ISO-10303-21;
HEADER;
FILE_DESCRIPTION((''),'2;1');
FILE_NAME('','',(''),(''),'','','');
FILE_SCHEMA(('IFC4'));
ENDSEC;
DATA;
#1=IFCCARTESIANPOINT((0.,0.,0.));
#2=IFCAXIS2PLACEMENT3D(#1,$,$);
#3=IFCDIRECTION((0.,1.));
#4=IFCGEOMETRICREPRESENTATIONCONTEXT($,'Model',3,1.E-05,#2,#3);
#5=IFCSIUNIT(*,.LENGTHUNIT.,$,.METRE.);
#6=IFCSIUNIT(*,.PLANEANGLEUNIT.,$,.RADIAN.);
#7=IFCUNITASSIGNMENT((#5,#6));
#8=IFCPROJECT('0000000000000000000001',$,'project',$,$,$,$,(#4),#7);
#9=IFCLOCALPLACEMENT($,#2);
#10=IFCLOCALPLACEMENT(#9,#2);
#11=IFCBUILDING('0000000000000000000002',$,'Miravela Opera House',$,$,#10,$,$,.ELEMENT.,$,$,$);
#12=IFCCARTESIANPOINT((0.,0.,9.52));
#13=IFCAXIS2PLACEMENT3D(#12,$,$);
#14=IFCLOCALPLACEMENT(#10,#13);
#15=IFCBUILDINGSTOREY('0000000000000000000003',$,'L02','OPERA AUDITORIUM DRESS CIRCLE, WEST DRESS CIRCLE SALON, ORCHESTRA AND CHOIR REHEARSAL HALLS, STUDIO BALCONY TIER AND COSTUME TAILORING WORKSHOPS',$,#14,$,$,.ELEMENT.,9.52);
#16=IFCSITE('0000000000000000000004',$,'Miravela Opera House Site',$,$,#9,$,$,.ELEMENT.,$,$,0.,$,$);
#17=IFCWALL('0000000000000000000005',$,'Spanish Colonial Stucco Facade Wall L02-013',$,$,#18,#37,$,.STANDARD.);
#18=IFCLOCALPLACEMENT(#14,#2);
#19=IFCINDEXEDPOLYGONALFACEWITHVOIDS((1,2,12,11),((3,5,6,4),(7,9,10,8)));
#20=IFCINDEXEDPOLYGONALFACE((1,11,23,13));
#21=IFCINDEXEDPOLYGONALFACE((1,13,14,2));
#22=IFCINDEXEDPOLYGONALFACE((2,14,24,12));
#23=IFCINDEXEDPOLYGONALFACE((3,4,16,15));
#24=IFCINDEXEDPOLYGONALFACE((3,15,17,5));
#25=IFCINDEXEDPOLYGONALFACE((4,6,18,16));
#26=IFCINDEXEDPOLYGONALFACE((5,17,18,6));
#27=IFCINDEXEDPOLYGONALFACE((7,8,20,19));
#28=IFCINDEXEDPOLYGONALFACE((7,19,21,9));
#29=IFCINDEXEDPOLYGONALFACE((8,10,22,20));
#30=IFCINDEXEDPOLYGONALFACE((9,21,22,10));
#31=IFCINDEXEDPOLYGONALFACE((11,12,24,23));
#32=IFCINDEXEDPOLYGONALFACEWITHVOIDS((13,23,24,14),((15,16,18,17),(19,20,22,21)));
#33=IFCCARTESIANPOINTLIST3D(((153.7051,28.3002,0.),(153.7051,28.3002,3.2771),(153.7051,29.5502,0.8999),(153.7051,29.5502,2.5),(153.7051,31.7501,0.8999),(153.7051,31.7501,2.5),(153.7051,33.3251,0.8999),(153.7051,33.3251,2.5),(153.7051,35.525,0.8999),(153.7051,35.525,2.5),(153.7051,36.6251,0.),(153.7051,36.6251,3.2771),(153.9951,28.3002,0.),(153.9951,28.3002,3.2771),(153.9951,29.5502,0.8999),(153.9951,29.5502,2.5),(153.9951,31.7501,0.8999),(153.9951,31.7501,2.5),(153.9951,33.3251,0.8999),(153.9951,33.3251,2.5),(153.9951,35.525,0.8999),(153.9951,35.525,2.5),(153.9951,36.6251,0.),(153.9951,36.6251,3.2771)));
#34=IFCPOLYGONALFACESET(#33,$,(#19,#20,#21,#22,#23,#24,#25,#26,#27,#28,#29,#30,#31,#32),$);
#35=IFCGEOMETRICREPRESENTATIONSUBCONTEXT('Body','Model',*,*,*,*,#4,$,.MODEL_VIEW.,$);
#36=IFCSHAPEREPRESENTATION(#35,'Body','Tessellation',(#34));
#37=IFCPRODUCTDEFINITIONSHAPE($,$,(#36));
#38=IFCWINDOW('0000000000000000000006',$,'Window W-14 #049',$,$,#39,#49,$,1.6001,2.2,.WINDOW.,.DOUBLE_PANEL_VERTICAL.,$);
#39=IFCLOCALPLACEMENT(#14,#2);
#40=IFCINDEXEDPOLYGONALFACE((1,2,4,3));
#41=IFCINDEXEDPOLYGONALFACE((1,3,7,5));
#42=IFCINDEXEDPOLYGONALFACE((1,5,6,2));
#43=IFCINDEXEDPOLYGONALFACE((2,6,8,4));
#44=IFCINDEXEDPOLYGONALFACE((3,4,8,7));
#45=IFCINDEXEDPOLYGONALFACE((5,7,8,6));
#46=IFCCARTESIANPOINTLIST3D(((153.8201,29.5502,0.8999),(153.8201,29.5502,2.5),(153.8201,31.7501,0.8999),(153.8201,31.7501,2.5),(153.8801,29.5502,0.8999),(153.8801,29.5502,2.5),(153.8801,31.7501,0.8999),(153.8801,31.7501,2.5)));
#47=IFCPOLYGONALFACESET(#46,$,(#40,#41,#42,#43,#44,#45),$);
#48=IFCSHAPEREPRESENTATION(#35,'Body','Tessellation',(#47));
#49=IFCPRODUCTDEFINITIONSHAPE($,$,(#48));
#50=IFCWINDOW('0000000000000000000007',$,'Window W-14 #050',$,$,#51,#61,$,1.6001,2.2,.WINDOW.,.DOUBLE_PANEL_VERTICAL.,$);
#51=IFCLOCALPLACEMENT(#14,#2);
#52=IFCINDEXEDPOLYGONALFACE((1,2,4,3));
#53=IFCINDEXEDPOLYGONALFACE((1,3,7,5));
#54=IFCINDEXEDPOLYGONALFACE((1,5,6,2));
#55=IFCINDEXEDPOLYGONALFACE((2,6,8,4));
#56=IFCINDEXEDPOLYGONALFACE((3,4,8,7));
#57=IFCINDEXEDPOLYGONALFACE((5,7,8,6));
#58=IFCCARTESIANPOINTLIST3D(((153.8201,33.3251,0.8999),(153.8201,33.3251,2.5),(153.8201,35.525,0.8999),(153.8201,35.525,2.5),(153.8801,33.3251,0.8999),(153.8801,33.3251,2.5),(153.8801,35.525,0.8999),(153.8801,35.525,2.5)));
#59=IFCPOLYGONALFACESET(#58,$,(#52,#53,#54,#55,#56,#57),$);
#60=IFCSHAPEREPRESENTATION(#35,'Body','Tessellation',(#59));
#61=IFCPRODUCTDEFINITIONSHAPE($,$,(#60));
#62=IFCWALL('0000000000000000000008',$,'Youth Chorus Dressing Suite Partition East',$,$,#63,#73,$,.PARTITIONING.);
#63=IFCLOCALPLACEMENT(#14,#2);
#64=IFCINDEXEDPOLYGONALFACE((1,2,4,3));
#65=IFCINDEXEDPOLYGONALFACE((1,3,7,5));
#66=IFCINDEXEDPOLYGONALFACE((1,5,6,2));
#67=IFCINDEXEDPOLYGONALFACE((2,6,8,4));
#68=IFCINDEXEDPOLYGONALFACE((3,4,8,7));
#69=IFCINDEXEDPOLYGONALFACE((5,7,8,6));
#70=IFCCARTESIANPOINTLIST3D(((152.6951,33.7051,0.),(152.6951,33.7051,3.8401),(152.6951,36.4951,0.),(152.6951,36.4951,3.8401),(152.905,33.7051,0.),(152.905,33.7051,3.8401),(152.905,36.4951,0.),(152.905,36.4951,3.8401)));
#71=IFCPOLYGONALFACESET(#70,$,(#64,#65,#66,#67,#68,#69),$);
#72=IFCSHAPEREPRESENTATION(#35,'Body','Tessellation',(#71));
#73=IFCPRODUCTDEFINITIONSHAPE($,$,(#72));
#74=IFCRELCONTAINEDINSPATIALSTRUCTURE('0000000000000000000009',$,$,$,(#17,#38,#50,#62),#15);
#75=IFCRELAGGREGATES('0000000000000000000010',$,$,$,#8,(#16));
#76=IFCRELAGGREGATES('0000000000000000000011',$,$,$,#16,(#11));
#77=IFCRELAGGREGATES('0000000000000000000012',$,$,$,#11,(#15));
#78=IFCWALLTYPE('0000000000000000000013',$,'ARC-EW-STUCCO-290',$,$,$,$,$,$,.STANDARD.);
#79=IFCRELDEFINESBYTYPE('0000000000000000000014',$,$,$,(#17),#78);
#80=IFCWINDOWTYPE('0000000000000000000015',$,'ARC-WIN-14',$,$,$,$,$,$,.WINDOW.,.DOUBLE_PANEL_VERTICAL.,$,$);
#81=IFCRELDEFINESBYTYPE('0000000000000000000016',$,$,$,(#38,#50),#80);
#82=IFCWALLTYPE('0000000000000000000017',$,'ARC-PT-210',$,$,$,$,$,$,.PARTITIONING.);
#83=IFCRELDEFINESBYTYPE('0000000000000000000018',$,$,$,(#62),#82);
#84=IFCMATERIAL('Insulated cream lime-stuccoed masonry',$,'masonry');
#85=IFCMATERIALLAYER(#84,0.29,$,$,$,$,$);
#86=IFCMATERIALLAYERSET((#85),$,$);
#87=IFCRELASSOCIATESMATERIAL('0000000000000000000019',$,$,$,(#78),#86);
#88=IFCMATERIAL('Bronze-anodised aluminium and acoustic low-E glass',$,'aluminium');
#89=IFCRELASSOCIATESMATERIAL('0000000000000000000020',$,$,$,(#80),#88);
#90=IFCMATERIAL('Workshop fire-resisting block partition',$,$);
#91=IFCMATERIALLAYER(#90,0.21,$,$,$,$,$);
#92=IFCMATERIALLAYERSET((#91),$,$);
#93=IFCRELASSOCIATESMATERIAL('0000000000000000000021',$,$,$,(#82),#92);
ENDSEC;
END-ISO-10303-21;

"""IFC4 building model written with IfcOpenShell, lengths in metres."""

from ifc_helpers import new_model, si_unit, direction, frame, frame_2d, origin, place, context, subcontext, project, spatial, rectangle, extrude, material, layer, layer_set, type_object, element, fill, save


model = new_model("IFC4")

# Units and contexts
model_context = context("Model", 3, precision=1e-05, world=origin(), true_north=direction((0.0, 1.0)))
body_context = subcontext(model_context, "Body", "Model", "MODEL_VIEW")
ifc_project = project(units=[si_unit("LENGTHUNIT", "METRE"), si_unit("PLANEANGLEUNIT", "RADIAN")], contexts=[model_context])

# Site, building, storey
site_placement = place(None, origin())
site = spatial("IfcSite", under=ifc_project, at=site_placement, Name="Miravela Opera House Site", CompositionType="ELEMENT", RefElevation=0.0)
building_placement = place(site_placement, origin())
building = spatial("IfcBuilding", under=site, at=building_placement, Name="Miravela Opera House", CompositionType="ELEMENT")
storey_placement = place(building_placement, frame((0.0, 0.0, 9.52)))
storey = spatial("IfcBuildingStorey", under=building, at=storey_placement, Name="L02", Description="OPERA AUDITORIUM DRESS CIRCLE, WEST DRESS CIRCLE SALON, ORCHESTRA AND CHOIR REHEARSAL HALLS, STUDIO BALCONY TIER AND COSTUME TAILORING WORKSHOPS", CompositionType="ELEMENT", Elevation=9.52)

# Wall, openings, windows
ifc_material_1 = material(Name="Insulated cream lime-stuccoed masonry", Category="masonry")
ifc_layer_1 = layer(ifc_material_1, 0.29)
ifc_layer_set_1 = layer_set([ifc_layer_1])
wall_type_1 = type_object("IfcWallType", Name="ARC-EW-STUCCO-290", PredefinedType="STANDARD", material=ifc_layer_set_1)
wall_1_placement = place(storey_placement, frame((153.8501, 28.3, 0.0), z_axis=(0.0, 0.0, 1.0), x_axis=(0.0, 1.0, 0.0)))
wall_1 = element("IfcWall", 1, at=wall_1_placement, inside=storey, type_object=wall_type_1, Name="Spanish Colonial Stucco Facade Wall L02-013", PredefinedType="STANDARD", context=body_context, shape_type="SweptSolid", body=[
    extrude(rectangle(XDim=8.325, YDim=0.29, at=frame_2d((4.1626, 0.0))), origin(), (0.0, 0.0, 1.0), 3.2771),
])
opening_1_placement = place(wall_1_placement, frame((1.25, 0.0, 0.8999)))
opening_1 = element("IfcOpeningElement", 2, at=opening_1_placement, cuts=wall_1, PredefinedType="OPENING", context=body_context, shape_type="SweptSolid", body=[
    extrude(rectangle(XDim=2.2, YDim=1.6001, at=frame_2d((1.1001, 0.8))), frame((0.0, 0.155, 0.0), z_axis=(0.0, -1.0, 0.0), x_axis=(1.0, 0.0, 0.0)), (0.0, 0.0, 1.0), 0.3101),
])
opening_2_placement = place(wall_1_placement, frame((5.0249, 0.0, 0.8999)))
opening_2 = element("IfcOpeningElement", 3, at=opening_2_placement, cuts=wall_1, PredefinedType="OPENING", context=body_context, shape_type="SweptSolid", body=[
    extrude(rectangle(XDim=2.2, YDim=1.6001, at=frame_2d((1.1001, 0.8))), frame((0.0, 0.155, 0.0), z_axis=(0.0, -1.0, 0.0), x_axis=(1.0, 0.0, 0.0)), (0.0, 0.0, 1.0), 0.3101),
])
ifc_material_2 = material(Name="Bronze-anodised aluminium and acoustic low-E glass", Category="aluminium")
window_type = type_object("IfcWindowType", Name="ARC-WIN-14", PartitioningType="DOUBLE_PANEL_VERTICAL", PredefinedType="WINDOW", material=ifc_material_2)
window_1_placement = place(opening_1_placement, origin())
window_1 = element("IfcWindow", 4, at=window_1_placement, inside=storey, type_object=window_type, Name="Window W-14 #049", OverallHeight=1.6001, OverallWidth=2.2, PartitioningType="DOUBLE_PANEL_VERTICAL", PredefinedType="WINDOW", context=body_context, shape_type="SweptSolid", body=[
    extrude(rectangle(XDim=2.2, YDim=1.6001, at=frame_2d((1.1001, 0.8))), frame((0.0, 0.03, 0.0), z_axis=(0.0, -1.0, 0.0), x_axis=(1.0, 0.0, 0.0)), (0.0, 0.0, 1.0), 0.0601),
])
fill(opening_1, window_1)
window_2_placement = place(opening_2_placement, origin())
window_2 = element("IfcWindow", 5, at=window_2_placement, inside=storey, type_object=window_type, Name="Window W-14 #050", OverallHeight=1.6001, OverallWidth=2.2, PartitioningType="DOUBLE_PANEL_VERTICAL", PredefinedType="WINDOW", context=body_context, shape_type="SweptSolid", body=[
    extrude(rectangle(XDim=2.2, YDim=1.6001, at=frame_2d((1.1001, 0.8))), frame((0.0, 0.03, 0.0), z_axis=(0.0, -1.0, 0.0), x_axis=(1.0, 0.0, 0.0)), (0.0, 0.0, 1.0), 0.0601),
])
fill(opening_2, window_2)

# Wall
ifc_material_3 = material(Name="Workshop fire-resisting block partition")
ifc_layer_2 = layer(ifc_material_3, 0.21)
ifc_layer_set_2 = layer_set([ifc_layer_2])
wall_type_2 = type_object("IfcWallType", Name="ARC-PT-210", PredefinedType="PARTITIONING", material=ifc_layer_set_2)
wall_2_placement = place(storey_placement, frame((152.8, 33.7051, 0.0), z_axis=(0.0, 0.0, 1.0), x_axis=(0.0, 1.0, 0.0)))
element("IfcWall", 6, at=wall_2_placement, inside=storey, type_object=wall_type_2, Name="Youth Chorus Dressing Suite Partition East", PredefinedType="PARTITIONING", context=body_context, shape_type="SweptSolid", body=[
    extrude(rectangle(XDim=2.79, YDim=0.21, at=frame_2d((1.395, 0.0))), origin(), (0.0, 0.0, 1.0), 3.8401),
])

save(model, "model.ifc")
